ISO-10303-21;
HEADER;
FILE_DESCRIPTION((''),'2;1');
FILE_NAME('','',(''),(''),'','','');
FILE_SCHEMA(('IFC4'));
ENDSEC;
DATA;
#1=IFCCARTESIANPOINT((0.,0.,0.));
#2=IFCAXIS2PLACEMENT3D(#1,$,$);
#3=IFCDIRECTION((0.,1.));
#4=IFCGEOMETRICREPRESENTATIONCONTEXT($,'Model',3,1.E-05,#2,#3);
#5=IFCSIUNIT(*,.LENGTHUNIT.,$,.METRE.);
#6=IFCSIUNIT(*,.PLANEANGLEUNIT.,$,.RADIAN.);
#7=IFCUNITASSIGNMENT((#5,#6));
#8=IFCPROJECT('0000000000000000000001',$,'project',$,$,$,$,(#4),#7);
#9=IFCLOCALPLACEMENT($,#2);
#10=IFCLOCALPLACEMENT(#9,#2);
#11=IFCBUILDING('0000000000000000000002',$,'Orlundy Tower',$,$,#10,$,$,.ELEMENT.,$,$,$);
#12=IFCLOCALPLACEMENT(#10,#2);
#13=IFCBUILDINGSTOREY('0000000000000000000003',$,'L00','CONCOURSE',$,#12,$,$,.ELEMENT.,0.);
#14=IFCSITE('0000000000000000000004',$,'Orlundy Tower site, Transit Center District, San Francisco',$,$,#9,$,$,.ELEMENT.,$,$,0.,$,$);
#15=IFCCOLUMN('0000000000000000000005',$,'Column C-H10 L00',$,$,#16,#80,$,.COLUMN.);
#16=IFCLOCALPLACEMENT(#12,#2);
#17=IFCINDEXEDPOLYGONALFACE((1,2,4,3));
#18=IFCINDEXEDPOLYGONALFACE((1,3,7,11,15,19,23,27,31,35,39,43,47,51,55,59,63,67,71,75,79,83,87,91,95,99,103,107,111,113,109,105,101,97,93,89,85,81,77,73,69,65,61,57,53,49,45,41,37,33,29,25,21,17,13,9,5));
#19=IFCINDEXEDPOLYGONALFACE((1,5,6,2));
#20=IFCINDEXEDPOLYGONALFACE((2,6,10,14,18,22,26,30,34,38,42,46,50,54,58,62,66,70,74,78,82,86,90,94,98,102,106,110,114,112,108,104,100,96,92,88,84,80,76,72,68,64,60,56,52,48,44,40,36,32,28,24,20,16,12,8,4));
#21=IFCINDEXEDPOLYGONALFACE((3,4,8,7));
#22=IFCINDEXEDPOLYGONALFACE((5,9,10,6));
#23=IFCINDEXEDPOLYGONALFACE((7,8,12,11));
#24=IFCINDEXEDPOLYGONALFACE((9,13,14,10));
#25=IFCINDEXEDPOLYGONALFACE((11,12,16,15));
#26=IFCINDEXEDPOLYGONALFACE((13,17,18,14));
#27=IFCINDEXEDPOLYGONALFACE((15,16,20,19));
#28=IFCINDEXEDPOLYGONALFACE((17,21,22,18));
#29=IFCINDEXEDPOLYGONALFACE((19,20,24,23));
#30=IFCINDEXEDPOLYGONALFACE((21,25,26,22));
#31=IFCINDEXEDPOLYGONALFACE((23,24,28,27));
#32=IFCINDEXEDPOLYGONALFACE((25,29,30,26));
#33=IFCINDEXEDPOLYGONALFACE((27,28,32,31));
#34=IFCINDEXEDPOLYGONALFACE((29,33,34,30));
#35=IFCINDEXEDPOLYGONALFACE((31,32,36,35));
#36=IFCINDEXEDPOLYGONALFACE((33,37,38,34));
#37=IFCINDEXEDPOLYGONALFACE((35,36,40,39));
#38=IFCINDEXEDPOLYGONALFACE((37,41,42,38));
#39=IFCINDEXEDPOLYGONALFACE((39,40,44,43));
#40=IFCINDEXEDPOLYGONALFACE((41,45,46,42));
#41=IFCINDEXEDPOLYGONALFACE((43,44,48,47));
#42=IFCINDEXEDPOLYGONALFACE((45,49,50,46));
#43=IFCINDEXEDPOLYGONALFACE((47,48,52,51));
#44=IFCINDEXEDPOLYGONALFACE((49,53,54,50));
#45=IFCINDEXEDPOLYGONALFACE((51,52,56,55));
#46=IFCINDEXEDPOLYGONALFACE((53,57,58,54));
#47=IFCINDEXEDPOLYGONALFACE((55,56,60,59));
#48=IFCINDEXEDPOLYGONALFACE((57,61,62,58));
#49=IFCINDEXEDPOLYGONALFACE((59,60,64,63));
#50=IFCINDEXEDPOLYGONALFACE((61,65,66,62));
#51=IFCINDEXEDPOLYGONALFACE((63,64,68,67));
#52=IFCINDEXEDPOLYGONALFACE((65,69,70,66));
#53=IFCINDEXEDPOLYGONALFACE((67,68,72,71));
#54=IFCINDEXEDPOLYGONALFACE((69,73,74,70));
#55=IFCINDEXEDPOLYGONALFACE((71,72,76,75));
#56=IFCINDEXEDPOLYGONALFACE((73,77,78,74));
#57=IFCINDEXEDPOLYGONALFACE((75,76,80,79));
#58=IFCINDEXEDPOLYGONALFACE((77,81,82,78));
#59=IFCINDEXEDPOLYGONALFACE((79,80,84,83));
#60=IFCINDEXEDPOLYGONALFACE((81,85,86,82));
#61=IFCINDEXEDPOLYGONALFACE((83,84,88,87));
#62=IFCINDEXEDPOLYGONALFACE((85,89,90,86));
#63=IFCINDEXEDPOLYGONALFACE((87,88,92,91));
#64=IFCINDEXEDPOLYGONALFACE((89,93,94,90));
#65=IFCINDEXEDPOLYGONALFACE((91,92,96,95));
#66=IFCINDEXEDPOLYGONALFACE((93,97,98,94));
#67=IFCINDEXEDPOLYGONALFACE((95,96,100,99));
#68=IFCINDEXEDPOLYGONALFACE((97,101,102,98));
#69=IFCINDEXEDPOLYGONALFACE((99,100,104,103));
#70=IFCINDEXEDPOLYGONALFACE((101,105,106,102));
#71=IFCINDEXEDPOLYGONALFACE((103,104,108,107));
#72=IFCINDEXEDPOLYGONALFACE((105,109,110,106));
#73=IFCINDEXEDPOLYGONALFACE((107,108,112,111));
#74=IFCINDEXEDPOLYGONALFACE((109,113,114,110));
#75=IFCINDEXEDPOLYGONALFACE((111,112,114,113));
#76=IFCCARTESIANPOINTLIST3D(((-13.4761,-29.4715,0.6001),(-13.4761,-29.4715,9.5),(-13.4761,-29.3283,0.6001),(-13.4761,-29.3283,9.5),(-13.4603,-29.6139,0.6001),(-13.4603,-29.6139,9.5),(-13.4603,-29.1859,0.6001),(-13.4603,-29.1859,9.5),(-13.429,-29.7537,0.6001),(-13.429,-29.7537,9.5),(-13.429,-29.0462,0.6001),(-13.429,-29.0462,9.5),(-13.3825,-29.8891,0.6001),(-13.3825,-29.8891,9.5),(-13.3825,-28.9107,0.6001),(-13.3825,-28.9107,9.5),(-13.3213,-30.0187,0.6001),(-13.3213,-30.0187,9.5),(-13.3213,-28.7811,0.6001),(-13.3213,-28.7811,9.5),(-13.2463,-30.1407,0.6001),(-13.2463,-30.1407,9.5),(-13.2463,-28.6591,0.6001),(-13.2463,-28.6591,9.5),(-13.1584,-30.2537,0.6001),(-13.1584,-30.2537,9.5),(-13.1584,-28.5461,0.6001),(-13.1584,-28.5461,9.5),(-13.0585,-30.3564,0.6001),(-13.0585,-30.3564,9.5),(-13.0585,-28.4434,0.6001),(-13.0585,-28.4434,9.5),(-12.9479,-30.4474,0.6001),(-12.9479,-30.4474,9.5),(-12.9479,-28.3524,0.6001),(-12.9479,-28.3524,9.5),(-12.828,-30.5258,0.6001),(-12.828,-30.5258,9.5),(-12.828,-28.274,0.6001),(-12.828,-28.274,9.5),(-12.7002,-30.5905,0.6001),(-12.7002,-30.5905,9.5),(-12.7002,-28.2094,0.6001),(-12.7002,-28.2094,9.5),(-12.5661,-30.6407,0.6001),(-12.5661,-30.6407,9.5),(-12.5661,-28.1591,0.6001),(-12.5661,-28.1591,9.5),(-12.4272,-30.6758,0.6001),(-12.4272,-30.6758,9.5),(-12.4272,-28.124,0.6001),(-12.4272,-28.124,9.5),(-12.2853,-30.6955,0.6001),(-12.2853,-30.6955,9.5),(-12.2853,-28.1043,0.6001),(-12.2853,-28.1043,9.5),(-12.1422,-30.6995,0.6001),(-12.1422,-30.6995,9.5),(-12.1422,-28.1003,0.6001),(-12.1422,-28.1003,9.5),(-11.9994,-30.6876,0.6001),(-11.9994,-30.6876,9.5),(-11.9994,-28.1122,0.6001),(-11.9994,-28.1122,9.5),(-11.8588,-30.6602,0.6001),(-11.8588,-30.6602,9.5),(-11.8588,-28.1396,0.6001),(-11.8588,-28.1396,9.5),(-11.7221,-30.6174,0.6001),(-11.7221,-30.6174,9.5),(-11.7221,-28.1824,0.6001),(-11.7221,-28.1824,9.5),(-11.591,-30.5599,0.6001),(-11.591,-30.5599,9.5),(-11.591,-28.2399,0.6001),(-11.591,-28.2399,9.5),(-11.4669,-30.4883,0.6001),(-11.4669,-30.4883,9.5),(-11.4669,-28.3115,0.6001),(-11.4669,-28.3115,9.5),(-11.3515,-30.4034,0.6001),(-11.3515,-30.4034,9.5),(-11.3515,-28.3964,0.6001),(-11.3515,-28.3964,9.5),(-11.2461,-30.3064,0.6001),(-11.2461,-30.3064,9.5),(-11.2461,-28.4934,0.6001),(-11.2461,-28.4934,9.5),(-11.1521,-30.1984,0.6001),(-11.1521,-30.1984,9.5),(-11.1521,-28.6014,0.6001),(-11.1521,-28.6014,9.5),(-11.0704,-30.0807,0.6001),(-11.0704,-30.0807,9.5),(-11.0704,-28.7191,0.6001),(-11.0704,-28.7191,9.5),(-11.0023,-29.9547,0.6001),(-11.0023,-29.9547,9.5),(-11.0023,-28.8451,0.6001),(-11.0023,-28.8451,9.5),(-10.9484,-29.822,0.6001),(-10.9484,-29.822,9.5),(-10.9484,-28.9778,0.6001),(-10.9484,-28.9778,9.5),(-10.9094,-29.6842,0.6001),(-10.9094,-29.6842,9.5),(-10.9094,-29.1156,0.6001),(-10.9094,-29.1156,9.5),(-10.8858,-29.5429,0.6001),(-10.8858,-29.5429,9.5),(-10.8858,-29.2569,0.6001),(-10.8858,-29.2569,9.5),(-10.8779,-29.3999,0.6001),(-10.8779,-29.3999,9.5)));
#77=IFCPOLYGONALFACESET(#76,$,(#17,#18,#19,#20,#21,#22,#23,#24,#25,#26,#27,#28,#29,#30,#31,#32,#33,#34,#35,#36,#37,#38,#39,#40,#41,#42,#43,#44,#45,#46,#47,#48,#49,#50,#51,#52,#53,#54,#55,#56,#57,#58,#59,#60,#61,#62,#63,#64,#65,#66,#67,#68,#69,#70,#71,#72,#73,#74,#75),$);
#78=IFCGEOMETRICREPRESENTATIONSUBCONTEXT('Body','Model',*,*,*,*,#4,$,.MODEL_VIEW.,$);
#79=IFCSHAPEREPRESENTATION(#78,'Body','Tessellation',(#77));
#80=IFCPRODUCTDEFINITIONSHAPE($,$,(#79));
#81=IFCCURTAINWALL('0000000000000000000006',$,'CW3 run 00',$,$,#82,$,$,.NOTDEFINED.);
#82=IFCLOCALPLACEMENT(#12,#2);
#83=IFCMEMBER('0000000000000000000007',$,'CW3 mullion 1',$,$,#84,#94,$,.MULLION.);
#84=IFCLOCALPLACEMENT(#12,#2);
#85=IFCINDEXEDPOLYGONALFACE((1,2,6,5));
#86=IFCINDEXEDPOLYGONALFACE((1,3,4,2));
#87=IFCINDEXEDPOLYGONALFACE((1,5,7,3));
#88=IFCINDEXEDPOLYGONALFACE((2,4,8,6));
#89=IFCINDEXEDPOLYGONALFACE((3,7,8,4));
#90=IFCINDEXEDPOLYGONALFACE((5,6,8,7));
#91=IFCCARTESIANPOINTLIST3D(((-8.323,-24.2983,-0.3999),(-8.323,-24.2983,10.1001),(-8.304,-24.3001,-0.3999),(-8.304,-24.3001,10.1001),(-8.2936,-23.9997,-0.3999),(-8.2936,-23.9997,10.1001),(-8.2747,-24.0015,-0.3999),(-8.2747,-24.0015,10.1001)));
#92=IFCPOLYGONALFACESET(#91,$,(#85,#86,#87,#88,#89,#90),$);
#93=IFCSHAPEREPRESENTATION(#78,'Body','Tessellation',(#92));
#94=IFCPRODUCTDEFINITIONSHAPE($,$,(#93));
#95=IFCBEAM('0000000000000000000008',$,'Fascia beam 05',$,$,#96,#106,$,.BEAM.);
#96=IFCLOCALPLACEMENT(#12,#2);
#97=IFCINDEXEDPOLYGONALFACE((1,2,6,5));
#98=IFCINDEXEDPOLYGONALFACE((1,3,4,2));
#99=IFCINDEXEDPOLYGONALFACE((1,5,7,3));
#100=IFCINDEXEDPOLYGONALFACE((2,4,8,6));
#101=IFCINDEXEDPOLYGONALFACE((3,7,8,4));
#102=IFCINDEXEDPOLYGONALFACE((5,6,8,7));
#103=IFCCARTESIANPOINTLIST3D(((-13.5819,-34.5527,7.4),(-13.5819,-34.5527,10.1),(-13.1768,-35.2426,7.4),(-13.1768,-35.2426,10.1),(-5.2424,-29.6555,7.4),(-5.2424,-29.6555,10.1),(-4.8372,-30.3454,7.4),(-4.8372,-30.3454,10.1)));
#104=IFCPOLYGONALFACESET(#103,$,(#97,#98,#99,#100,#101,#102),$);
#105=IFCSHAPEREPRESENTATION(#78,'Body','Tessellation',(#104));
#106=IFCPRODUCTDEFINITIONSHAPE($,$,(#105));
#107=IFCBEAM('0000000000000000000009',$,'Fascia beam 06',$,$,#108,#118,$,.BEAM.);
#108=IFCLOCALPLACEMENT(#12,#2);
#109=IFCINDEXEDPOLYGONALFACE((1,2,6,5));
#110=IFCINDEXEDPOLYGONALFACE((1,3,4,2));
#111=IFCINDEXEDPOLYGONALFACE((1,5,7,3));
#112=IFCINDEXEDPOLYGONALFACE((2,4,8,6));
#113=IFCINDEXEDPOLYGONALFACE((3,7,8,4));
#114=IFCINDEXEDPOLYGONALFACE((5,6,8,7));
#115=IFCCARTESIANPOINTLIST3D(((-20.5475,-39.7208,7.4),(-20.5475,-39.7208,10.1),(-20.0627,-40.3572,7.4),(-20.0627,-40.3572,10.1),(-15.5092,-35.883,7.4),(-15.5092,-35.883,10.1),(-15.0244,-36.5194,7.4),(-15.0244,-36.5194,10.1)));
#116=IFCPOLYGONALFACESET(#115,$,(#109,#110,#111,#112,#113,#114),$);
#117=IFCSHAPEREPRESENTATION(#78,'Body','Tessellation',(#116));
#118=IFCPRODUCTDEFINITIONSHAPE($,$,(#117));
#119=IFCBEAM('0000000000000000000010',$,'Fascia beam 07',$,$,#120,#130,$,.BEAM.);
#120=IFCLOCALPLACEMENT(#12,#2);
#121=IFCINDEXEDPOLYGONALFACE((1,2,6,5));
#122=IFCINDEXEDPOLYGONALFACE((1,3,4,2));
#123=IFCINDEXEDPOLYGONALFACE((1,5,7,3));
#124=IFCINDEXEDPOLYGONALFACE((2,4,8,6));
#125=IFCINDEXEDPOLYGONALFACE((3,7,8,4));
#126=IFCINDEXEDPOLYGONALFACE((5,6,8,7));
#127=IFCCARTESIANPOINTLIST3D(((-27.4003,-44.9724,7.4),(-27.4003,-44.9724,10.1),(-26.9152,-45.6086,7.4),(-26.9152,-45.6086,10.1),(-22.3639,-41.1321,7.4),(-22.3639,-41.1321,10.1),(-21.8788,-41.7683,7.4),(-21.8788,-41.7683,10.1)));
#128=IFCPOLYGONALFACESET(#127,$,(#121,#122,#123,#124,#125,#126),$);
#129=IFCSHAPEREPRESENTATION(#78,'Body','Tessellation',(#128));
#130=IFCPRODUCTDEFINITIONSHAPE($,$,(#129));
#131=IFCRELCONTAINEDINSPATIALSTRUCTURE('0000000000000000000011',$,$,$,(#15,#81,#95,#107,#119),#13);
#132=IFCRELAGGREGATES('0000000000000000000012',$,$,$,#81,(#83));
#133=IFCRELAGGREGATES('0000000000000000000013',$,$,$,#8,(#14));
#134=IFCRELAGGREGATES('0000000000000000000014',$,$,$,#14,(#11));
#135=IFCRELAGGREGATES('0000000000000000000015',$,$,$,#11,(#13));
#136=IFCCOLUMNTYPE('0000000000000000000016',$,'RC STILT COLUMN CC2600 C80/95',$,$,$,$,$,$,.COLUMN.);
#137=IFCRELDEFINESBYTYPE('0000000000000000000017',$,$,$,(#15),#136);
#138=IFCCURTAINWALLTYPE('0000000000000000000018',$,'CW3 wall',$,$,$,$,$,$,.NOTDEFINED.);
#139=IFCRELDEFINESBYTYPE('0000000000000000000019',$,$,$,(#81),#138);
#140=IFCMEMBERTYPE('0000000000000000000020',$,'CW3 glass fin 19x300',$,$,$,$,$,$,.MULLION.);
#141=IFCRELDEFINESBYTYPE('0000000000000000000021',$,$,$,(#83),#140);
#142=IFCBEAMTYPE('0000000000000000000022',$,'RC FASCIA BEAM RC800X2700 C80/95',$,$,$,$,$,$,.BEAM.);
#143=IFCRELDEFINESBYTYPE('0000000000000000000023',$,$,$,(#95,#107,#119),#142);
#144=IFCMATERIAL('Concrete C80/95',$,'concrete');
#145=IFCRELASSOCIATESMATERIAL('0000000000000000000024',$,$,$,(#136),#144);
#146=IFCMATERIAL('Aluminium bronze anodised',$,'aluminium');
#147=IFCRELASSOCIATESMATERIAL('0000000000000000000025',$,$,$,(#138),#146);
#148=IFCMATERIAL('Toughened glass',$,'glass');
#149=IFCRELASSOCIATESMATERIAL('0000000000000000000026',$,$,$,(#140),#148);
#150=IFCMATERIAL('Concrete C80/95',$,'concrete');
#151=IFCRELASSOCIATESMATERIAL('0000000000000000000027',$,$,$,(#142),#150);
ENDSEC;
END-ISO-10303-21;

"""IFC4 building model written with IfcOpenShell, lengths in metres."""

from ifc_helpers import new_model, si_unit, direction, frame, origin, origin_2d, place, context, subcontext, project, spatial, rectangle, circle, extrude, material, material_profile, profile_set, type_object, element, aggregate, save


model = new_model("IFC4")

# Units and contexts
model_context = context("Model", 3, precision=1e-05, world=origin(), true_north=direction((0.0, 1.0)))
body_context = subcontext(model_context, "Body", "Model", "MODEL_VIEW")
ifc_project = project(units=[si_unit("LENGTHUNIT", "METRE"), si_unit("PLANEANGLEUNIT", "RADIAN")], contexts=[model_context])

# Site, building, storey
site_placement = place(None, origin())
site = spatial("IfcSite", under=ifc_project, at=site_placement, Name="Orlundy Tower site, Transit Center District, San Francisco", CompositionType="ELEMENT", RefElevation=0.0)
building_placement = place(site_placement, origin())
building = spatial("IfcBuilding", under=site, at=building_placement, Name="Orlundy Tower", CompositionType="ELEMENT")
storey_placement = place(building_placement, origin())
storey = spatial("IfcBuildingStorey", under=building, at=storey_placement, Name="L00", Description="CONCOURSE", CompositionType="ELEMENT", Elevation=0.0)

# Column
ifc_material_1 = material(Name="Concrete C80/95", Category="concrete")
ifc_material_profile_1 = material_profile(ifc_material_1, circle(Radius=1.3, at=origin_2d()), Name="CC2600")
ifc_profile_set_1 = profile_set([ifc_material_profile_1], Name="Concrete C80/95")
column_type = type_object("IfcColumnType", Name="RC STILT COLUMN CC2600 C80/95", PredefinedType="COLUMN", material=ifc_profile_set_1)
for number, where, z_axis, x_axis, name in (
    (1, (-12.178, -29.3999, 0.6001), (0.0, 0.0, 1.0), (1.0, 0.0, 0.0), "Column C-H10 L00"),
):
    element("IfcColumn", number, at=place(storey_placement, frame(where, z_axis=z_axis, x_axis=x_axis)), inside=storey, type_object=column_type, Name=name, PredefinedType="COLUMN", context=body_context, shape_type="SweptSolid", body=[
        extrude(circle(Radius=1.3, at=origin_2d()), origin(), (0.0, 0.0, 1.0), 8.8999),
    ])

# Curtain wall, member
ifc_material_2 = material(Name="Aluminium bronze anodised", Category="aluminium")
curtain_wall_type = type_object("IfcCurtainWallType", Name="CW3 wall", PredefinedType="NOTDEFINED", material=ifc_material_2)
curtain_wall_placement = place(storey_placement, origin())
curtain_wall = element("IfcCurtainWall", 2, at=curtain_wall_placement, inside=storey, type_object=curtain_wall_type, Name="CW3 run 00", PredefinedType="NOTDEFINED")
ifc_material_3 = material(Name="Toughened glass", Category="glass")
ifc_material_profile_2 = material_profile(ifc_material_3, rectangle(XDim=0.3, YDim=0.019, at=origin_2d()), Name="CW3 glass fin 19x300")
ifc_profile_set_2 = profile_set([ifc_material_profile_2], Name="Toughened glass")
member_type = type_object("IfcMemberType", Name="CW3 glass fin 19x300", PredefinedType="MULLION", material=ifc_profile_set_2)
member_placement = place(storey_placement, frame((-8.2988, -24.1499, -0.3999), z_axis=(0.0, 0.0, 1.0), x_axis=(-0.09785, -0.995201, 0.0)))
member = element("IfcMember", 3, at=member_placement, type_object=member_type, Name="CW3 mullion 1", PredefinedType="MULLION", context=body_context, shape_type="SweptSolid", body=[
    extrude(rectangle(XDim=0.3, YDim=0.019, at=origin_2d()), origin(), (0.0, 0.0, 1.0), 10.5),
])
aggregate(curtain_wall, [member])

# Beams
ifc_material_4 = material(Name="Concrete C80/95", Category="concrete")
ifc_material_profile_3 = material_profile(ifc_material_4, rectangle(XDim=0.8, YDim=2.7, at=origin_2d()), Name="RC800X2700")
ifc_profile_set_3 = profile_set([ifc_material_profile_3], Name="Concrete C80/95")
beam_type = type_object("IfcBeamType", Name="RC FASCIA BEAM RC800X2700 C80/95", PredefinedType="BEAM", material=ifc_profile_set_3)
beam_placement = place(storey_placement, frame((-5.0398, -30.0005, 8.75), z_axis=(-0.862315, -0.506372, 0.0), x_axis=(0.506372, -0.862315, 0.0)))
element("IfcBeam", 4, at=beam_placement, inside=storey, type_object=beam_type, Name="Fascia beam 05", PredefinedType="BEAM", context=body_context, shape_type="SweptSolid", body=[
    extrude(rectangle(XDim=0.8, YDim=2.7, at=origin_2d()), origin(), (0.0, 0.0, 1.0), 9.6711),
])
for number, where, z_axis, x_axis, name in (
    (5, (-15.2668, -36.2012, 8.75), (-0.795495, -0.60596, 0.0), (0.60596, -0.795495, 0.0), "Fascia beam 06"),
    (6, (-22.1213, -41.4502, 8.75), (-0.795196, -0.606352, 0.0), (0.606352, -0.795196, 0.0), "Fascia beam 07"),
):
    element("IfcBeam", number, at=place(storey_placement, frame(where, z_axis=z_axis, x_axis=x_axis)), inside=storey, type_object=beam_type, Name=name, PredefinedType="BEAM", context=body_context, shape_type="SweptSolid", body=[
        extrude(rectangle(XDim=0.8, YDim=2.7, at=origin_2d()), origin(), (0.0, 0.0, 1.0), 6.3335),
    ])

save(model, "model.ifc")
